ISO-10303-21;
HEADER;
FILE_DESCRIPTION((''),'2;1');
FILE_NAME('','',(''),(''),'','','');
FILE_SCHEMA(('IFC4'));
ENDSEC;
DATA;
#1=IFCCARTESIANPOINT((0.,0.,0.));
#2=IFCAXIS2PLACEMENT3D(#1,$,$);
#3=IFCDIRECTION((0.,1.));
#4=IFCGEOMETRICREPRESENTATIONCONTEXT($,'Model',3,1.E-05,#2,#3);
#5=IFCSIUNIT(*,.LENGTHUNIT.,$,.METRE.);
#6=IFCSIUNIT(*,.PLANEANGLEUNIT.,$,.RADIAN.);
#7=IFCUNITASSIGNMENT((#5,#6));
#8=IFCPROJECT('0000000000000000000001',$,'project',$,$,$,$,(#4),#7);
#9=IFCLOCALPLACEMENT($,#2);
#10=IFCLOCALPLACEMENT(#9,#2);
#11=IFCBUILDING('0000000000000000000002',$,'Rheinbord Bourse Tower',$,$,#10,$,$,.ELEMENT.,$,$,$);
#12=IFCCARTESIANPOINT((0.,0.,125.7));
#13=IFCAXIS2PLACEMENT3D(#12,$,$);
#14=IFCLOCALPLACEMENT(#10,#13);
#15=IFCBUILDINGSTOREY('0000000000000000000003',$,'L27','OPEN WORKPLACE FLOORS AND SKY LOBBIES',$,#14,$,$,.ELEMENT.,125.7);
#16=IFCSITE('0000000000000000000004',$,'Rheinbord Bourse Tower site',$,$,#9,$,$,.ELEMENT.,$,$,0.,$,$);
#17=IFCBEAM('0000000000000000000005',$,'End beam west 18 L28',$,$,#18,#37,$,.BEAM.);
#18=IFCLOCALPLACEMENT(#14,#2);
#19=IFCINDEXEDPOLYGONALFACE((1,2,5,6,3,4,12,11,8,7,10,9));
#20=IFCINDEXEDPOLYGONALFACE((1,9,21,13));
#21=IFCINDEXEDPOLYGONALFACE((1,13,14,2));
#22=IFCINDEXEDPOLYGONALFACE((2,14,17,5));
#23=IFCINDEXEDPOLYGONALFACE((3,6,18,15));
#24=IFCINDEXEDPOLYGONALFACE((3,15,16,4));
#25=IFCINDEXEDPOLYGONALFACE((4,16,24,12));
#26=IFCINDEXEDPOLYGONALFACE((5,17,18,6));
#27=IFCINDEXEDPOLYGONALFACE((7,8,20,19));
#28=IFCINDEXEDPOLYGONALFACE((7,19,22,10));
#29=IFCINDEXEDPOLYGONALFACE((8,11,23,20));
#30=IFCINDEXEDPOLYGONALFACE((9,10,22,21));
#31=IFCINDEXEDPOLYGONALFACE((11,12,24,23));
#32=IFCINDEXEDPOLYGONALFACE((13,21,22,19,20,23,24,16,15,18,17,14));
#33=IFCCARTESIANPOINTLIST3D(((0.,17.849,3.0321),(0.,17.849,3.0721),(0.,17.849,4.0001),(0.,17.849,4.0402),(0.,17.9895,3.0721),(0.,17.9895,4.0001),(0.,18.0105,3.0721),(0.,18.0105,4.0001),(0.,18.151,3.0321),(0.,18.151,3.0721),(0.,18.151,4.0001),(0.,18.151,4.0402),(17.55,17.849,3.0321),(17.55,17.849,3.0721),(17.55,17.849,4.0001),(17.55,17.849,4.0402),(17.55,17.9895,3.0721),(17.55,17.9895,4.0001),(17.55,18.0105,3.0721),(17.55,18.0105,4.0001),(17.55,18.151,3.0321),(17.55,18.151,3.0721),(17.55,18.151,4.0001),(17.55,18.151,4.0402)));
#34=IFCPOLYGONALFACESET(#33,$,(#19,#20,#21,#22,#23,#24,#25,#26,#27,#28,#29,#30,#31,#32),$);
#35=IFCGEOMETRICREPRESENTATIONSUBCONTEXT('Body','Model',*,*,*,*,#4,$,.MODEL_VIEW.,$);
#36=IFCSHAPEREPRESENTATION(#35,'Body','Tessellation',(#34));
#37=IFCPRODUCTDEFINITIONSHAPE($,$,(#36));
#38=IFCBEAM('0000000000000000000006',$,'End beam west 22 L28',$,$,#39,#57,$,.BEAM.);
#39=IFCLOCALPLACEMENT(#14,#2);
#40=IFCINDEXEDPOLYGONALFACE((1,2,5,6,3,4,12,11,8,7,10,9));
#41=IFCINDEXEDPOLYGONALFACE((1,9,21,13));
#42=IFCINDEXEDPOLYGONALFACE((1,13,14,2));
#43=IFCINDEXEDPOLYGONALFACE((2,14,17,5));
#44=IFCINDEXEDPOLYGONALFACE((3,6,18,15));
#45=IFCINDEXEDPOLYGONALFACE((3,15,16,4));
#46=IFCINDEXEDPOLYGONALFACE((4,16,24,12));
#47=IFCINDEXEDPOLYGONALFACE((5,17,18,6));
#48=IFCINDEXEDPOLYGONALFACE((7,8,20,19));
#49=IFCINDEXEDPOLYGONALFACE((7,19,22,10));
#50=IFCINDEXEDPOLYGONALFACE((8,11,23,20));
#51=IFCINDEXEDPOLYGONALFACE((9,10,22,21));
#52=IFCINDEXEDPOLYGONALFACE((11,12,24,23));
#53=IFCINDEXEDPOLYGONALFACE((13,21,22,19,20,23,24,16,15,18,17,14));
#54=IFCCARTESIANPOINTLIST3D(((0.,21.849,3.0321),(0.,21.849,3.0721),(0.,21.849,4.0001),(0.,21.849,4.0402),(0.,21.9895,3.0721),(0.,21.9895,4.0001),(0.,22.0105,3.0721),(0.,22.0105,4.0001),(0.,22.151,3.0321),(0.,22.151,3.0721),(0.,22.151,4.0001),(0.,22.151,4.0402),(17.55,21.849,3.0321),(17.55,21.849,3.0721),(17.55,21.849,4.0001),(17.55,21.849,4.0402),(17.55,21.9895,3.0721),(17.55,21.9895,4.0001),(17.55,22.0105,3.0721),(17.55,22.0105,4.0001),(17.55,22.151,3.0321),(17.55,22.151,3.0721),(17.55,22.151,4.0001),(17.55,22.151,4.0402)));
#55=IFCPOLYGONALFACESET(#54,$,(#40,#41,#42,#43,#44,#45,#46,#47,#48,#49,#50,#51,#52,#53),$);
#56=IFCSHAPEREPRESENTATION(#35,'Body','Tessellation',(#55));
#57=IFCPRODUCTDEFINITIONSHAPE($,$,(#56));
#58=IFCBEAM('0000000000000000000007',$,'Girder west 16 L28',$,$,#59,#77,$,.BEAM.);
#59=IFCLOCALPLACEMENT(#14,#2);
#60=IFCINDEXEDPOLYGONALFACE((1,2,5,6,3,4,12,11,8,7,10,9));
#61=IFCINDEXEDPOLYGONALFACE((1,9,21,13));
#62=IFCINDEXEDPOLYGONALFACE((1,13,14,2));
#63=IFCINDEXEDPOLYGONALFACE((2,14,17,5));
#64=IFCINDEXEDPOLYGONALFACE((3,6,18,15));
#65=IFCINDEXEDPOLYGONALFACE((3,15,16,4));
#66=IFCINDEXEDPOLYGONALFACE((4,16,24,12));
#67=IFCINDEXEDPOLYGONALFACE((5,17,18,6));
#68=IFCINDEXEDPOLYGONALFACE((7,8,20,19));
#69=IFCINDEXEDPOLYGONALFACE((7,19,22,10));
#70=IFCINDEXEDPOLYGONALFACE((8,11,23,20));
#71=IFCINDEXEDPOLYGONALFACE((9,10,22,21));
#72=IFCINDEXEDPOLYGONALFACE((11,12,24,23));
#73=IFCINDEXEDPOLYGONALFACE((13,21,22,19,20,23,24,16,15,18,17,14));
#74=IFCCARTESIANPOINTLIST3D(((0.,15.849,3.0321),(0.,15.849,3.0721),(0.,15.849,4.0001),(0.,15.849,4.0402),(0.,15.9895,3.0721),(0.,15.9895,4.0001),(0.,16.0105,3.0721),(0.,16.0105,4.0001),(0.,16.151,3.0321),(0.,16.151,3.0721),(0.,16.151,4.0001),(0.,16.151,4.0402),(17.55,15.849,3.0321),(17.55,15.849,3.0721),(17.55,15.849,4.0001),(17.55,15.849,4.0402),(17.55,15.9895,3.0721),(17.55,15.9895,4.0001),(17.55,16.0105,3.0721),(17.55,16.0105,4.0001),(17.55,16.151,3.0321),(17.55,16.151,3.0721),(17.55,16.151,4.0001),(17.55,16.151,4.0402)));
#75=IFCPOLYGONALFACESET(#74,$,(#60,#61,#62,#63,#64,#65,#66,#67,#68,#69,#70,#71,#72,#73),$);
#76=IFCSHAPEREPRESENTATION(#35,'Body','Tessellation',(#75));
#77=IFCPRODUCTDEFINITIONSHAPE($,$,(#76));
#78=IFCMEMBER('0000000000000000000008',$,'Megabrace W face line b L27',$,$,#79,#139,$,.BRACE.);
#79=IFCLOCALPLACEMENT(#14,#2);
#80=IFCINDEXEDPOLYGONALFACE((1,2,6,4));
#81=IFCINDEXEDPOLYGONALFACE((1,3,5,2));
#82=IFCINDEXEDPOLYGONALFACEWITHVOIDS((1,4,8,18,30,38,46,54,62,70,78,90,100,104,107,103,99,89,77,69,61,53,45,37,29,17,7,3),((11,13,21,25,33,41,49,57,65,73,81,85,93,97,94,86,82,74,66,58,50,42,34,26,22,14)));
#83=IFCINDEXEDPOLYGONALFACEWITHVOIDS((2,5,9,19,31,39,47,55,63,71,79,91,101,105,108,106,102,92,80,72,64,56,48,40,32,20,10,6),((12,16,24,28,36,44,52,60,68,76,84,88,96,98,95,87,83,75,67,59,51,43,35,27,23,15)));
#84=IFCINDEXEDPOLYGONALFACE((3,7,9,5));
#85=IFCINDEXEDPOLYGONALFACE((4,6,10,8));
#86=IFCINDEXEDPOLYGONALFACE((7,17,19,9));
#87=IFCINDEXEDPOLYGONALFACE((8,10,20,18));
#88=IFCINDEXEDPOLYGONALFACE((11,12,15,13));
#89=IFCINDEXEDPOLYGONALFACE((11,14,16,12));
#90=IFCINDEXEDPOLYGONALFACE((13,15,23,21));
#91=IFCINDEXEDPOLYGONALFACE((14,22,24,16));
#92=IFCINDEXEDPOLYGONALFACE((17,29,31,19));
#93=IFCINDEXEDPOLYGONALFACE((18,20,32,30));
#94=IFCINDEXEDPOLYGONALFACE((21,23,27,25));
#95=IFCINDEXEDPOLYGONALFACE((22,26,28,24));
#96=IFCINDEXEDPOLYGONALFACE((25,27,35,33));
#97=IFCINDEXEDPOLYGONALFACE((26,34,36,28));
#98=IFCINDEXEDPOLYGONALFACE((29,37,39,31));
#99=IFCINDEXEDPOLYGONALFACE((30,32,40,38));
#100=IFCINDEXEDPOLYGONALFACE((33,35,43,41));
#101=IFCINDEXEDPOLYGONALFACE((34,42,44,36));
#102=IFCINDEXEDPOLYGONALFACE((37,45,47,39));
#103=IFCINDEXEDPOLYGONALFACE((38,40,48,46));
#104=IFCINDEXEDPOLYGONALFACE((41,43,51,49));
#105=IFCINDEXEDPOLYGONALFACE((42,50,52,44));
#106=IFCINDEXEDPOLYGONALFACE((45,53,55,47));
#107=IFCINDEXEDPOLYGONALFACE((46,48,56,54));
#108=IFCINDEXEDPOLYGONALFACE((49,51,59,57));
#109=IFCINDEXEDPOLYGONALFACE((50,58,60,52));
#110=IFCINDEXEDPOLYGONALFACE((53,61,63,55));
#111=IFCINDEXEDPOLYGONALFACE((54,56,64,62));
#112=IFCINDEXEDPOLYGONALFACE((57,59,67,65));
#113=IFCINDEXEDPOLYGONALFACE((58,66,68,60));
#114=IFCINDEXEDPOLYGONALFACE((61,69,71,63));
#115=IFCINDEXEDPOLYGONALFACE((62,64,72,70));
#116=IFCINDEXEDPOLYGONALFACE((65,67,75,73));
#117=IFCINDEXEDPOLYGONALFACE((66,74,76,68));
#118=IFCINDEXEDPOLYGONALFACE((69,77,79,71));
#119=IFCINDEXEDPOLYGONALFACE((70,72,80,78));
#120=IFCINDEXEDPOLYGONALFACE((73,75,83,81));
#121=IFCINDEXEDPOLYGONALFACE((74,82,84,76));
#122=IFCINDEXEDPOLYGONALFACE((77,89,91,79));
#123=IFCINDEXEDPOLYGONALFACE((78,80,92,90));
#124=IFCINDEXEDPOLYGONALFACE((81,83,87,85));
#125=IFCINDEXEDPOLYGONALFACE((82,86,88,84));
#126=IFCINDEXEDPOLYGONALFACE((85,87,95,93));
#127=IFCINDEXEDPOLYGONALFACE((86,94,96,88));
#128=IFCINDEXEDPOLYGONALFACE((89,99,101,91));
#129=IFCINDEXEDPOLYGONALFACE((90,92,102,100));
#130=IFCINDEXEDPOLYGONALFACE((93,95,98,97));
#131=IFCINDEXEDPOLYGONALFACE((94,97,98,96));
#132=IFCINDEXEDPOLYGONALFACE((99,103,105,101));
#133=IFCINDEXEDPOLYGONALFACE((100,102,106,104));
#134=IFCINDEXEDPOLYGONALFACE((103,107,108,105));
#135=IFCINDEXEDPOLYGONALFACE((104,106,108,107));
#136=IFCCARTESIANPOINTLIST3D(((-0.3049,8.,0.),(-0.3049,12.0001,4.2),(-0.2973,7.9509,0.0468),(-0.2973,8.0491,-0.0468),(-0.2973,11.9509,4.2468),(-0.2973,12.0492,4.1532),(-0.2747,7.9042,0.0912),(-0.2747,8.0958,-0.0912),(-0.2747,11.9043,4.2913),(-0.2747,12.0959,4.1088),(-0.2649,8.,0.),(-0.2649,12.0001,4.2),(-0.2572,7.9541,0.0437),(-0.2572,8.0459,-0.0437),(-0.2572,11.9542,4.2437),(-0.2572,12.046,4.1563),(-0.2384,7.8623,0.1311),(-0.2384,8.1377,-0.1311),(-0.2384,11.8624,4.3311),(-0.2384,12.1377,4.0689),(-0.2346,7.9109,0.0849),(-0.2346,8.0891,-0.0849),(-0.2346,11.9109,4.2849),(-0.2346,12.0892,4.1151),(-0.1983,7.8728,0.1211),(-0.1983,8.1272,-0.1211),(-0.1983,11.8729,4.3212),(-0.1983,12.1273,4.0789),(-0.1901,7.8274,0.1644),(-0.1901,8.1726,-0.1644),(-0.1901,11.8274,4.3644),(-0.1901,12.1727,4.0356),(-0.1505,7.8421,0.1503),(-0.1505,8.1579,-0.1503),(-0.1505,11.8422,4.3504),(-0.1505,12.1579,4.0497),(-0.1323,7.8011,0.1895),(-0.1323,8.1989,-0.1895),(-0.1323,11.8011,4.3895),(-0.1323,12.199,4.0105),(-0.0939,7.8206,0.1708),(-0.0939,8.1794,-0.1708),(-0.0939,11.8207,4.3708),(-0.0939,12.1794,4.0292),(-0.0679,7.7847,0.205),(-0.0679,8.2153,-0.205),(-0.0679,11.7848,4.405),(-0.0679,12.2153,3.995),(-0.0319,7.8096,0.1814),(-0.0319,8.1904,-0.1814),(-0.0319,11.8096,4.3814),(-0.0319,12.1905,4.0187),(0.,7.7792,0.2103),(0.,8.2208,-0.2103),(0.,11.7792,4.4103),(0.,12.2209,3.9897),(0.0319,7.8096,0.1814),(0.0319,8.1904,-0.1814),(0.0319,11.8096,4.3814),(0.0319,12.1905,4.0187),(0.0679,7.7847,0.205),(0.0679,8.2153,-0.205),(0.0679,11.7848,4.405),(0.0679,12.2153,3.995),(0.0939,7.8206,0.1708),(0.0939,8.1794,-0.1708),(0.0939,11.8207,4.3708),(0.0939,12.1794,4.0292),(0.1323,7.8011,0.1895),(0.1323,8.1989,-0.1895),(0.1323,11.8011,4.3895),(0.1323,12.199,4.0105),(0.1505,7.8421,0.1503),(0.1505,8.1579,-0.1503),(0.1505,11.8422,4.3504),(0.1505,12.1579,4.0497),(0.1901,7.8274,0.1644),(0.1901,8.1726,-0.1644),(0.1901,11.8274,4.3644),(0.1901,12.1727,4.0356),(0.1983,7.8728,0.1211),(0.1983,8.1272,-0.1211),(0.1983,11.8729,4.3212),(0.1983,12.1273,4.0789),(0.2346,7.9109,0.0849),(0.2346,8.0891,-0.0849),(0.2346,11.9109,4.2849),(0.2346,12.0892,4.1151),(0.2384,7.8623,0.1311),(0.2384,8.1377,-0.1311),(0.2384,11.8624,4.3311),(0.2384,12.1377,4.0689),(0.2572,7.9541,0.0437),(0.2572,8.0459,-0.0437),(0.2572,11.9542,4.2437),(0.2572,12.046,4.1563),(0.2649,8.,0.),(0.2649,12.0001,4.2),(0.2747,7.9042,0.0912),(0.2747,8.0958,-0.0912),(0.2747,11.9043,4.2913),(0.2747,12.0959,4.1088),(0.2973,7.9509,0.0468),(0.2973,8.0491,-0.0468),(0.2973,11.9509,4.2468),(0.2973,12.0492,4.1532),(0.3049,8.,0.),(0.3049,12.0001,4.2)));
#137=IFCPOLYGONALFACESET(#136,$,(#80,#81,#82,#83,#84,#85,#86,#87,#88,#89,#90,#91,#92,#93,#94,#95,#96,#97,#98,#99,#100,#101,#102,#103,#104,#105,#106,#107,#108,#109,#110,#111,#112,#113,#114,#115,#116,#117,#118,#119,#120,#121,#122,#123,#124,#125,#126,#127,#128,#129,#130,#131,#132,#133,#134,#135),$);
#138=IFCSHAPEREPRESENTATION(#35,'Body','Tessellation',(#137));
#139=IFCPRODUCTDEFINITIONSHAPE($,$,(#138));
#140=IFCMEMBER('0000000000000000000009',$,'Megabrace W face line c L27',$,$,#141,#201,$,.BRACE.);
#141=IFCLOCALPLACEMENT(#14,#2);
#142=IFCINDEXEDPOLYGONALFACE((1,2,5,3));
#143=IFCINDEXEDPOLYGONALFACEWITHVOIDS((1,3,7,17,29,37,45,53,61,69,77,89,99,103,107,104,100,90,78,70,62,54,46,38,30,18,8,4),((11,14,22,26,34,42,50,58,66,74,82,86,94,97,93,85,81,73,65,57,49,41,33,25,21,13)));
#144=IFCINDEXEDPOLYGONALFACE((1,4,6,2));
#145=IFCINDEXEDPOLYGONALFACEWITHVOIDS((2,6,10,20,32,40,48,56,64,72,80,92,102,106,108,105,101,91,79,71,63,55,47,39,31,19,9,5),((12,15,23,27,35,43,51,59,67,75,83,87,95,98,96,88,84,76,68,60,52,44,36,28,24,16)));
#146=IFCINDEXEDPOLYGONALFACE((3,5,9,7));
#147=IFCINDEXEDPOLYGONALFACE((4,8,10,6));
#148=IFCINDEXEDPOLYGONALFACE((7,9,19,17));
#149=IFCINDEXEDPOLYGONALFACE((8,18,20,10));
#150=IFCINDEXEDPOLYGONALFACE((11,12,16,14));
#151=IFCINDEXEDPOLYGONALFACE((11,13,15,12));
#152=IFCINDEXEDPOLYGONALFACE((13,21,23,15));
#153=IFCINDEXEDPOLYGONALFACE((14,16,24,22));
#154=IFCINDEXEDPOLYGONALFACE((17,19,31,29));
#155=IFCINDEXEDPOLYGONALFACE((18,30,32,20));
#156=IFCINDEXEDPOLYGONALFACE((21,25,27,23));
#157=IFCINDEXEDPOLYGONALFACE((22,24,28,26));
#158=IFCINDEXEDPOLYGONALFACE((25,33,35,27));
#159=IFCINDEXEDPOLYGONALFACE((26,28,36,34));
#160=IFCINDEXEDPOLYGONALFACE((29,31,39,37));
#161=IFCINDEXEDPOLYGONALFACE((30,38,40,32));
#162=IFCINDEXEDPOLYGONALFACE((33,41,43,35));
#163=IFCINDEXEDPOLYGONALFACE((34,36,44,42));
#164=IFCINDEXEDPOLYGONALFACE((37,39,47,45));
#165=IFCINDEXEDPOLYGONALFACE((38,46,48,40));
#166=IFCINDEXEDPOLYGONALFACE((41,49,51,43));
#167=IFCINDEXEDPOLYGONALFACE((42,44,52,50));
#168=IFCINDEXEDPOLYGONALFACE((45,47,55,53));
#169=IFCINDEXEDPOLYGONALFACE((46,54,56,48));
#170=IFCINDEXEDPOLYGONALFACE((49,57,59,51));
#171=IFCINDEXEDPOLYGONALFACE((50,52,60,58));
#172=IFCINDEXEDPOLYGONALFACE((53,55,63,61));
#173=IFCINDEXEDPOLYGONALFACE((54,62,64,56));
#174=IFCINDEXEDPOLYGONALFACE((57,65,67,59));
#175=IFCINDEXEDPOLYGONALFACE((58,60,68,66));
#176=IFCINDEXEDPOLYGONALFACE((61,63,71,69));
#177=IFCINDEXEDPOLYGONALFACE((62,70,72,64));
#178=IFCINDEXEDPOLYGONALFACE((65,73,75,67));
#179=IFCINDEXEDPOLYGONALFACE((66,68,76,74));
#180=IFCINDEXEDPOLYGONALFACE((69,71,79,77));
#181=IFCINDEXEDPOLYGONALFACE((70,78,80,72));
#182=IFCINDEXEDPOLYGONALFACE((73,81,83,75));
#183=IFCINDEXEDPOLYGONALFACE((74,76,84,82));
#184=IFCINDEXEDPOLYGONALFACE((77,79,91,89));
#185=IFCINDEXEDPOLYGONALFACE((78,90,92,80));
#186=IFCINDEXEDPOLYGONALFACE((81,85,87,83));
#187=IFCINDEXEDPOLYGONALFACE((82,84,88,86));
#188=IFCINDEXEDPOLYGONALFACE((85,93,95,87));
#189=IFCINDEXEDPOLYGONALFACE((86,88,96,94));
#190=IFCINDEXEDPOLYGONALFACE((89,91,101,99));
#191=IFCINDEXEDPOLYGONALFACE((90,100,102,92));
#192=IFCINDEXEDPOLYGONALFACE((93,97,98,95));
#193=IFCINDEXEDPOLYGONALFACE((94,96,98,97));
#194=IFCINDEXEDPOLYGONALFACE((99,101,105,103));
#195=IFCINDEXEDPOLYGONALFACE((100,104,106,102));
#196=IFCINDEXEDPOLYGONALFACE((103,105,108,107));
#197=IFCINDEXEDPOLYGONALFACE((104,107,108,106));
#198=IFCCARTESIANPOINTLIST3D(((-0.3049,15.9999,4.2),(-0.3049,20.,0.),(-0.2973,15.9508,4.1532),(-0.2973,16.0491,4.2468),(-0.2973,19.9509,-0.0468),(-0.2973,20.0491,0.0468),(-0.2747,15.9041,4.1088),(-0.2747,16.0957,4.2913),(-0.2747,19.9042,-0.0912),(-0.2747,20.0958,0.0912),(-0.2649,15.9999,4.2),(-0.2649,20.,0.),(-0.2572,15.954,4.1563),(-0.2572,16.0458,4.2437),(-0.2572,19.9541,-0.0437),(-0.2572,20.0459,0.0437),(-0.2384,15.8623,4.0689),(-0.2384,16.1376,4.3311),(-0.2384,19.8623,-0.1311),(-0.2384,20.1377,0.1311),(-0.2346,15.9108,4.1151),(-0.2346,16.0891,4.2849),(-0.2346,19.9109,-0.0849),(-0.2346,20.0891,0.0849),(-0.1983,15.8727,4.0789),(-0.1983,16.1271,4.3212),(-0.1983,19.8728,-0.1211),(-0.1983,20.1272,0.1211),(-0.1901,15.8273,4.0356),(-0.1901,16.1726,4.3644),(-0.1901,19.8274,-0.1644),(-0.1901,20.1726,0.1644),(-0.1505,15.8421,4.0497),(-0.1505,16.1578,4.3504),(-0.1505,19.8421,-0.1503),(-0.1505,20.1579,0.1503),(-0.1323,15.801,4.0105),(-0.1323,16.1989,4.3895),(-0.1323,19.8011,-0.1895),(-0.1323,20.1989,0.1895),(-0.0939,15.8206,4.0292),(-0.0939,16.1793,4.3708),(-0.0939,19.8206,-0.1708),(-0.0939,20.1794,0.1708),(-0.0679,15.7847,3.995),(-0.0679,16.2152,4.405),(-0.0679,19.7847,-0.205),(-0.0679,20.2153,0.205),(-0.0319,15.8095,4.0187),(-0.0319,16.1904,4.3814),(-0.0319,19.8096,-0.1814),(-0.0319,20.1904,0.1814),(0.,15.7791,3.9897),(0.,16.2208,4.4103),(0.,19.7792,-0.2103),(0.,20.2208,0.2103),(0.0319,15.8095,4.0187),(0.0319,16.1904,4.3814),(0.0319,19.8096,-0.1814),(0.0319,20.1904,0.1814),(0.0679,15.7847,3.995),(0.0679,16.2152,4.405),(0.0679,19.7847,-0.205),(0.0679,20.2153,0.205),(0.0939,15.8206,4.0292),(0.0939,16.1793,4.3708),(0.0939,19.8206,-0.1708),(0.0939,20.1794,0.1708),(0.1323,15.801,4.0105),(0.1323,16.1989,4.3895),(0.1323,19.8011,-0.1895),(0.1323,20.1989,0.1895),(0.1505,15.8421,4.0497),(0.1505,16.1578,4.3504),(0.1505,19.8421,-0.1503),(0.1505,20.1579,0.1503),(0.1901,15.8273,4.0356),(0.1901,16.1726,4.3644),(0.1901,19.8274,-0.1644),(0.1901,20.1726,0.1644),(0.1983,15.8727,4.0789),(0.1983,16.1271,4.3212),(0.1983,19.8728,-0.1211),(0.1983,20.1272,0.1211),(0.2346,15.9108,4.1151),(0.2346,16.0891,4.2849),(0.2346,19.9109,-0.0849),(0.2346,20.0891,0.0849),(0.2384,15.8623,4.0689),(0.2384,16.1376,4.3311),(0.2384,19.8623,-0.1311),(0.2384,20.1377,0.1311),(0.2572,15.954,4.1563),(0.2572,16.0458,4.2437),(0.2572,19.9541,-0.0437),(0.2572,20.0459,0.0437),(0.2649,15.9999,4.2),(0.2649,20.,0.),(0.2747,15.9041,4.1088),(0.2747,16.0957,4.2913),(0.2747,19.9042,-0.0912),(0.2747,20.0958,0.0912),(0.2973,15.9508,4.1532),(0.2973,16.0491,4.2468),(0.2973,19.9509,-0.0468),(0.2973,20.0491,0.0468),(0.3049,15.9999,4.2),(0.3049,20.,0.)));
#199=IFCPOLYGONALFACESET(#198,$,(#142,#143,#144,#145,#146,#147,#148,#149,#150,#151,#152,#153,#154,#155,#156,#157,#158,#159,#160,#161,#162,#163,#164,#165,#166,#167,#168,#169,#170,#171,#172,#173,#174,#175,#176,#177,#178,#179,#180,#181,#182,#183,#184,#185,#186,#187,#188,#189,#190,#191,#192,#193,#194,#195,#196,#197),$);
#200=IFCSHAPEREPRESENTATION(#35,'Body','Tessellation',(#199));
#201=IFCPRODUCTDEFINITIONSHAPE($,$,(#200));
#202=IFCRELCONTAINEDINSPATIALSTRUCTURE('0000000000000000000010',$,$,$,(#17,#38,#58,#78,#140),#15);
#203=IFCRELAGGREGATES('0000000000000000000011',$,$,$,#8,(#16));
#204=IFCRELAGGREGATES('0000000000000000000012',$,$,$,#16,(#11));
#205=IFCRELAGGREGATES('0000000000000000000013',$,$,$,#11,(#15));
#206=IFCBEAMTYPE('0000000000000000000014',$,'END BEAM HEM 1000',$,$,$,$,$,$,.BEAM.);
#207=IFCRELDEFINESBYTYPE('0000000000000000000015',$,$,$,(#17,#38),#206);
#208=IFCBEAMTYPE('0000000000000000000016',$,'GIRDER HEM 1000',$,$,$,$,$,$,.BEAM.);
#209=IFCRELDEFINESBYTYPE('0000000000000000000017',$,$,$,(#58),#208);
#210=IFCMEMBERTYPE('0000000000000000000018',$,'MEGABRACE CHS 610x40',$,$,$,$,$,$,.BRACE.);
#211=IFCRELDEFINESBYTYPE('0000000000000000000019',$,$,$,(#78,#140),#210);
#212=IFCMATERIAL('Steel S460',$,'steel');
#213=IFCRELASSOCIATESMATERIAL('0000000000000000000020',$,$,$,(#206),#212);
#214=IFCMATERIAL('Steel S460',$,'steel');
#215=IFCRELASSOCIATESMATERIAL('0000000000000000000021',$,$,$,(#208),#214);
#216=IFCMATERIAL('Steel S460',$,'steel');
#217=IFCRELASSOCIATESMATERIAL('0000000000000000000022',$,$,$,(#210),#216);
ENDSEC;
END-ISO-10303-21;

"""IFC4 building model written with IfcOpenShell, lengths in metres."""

from ifc_helpers import new_model, si_unit, direction, frame, origin, origin_2d, place, context, subcontext, project, spatial, hollow_circle, i_section, extrude, material, material_profile, profile_set, type_object, element, save


model = new_model("IFC4")

# Units and contexts
model_context = context("Model", 3, precision=1e-05, world=origin(), true_north=direction((0.0, 1.0)))
body_context = subcontext(model_context, "Body", "Model", "MODEL_VIEW")
ifc_project = project(units=[si_unit("LENGTHUNIT", "METRE"), si_unit("PLANEANGLEUNIT", "RADIAN")], contexts=[model_context])

# Site, building, storey
site_placement = place(None, origin())
site = spatial("IfcSite", under=ifc_project, at=site_placement, Name="Rheinbord Bourse Tower site", CompositionType="ELEMENT", RefElevation=0.0)
building_placement = place(site_placement, origin())
building = spatial("IfcBuilding", under=site, at=building_placement, Name="Rheinbord Bourse Tower", CompositionType="ELEMENT")
storey_placement = place(building_placement, frame((0.0, 0.0, 125.7)))
storey = spatial("IfcBuildingStorey", under=building, at=storey_placement, Name="L27", Description="OPEN WORKPLACE FLOORS AND SKY LOBBIES", CompositionType="ELEMENT", Elevation=125.7)

# Beams
ifc_material_1 = material(Name="Steel S460", Category="steel")
ifc_material_profile_1 = material_profile(ifc_material_1, i_section(OverallWidth=0.302, OverallDepth=1.0081, WebThickness=0.021, FlangeThickness=0.04, at=origin_2d()), Name="HEM 1000")
ifc_profile_set_1 = profile_set([ifc_material_profile_1], Name="Steel S460")
beam_type_1 = type_object("IfcBeamType", Name="END BEAM HEM 1000", PredefinedType="BEAM", material=ifc_profile_set_1)
for number, where, z_axis, x_axis, name in (
    (1, (0.0, 18.0, 3.5361), (1.0, 0.0, 0.0), (0.0, 1.0, 0.0), "End beam west 18 L28"),
    (2, (0.0, 22.0, 3.5361), (1.0, 0.0, 0.0), (0.0, 1.0, 0.0), "End beam west 22 L28"),
):
    element("IfcBeam", number, at=place(storey_placement, frame(where, z_axis=z_axis, x_axis=x_axis)), inside=storey, type_object=beam_type_1, Name=name, PredefinedType="BEAM", context=body_context, shape_type="SweptSolid", body=[
        extrude(i_section(OverallWidth=0.302, OverallDepth=1.0081, WebThickness=0.021, FlangeThickness=0.04, at=origin_2d()), origin(), (0.0, 0.0, 1.0), 17.55),
    ])
ifc_material_2 = material(Name="Steel S460", Category="steel")
ifc_material_profile_2 = material_profile(ifc_material_2, i_section(OverallWidth=0.302, OverallDepth=1.0081, WebThickness=0.021, FlangeThickness=0.04, at=origin_2d()), Name="HEM 1000")
ifc_profile_set_2 = profile_set([ifc_material_profile_2], Name="Steel S460")
beam_type_2 = type_object("IfcBeamType", Name="GIRDER HEM 1000", PredefinedType="BEAM", material=ifc_profile_set_2)
beam_placement = place(storey_placement, frame((0.0, 16.0, 3.5361), z_axis=(1.0, 0.0, 0.0), x_axis=(0.0, 1.0, 0.0)))
element("IfcBeam", 3, at=beam_placement, inside=storey, type_object=beam_type_2, Name="Girder west 16 L28", PredefinedType="BEAM", context=body_context, shape_type="SweptSolid", body=[
    extrude(i_section(OverallWidth=0.302, OverallDepth=1.0081, WebThickness=0.021, FlangeThickness=0.04, at=origin_2d()), origin(), (0.0, 0.0, 1.0), 17.55),
])

# Members
ifc_material_3 = material(Name="Steel S460", Category="steel")
ifc_material_profile_3 = material_profile(ifc_material_3, hollow_circle(Radius=0.3049, WallThickness=0.04, at=origin_2d()), Name="CHS 610x40")
ifc_profile_set_3 = profile_set([ifc_material_profile_3], Name="Steel S460")
member_type_1 = type_object("IfcMemberType", Name="MEGABRACE CHS 610x40", PredefinedType="BRACE", material=ifc_profile_set_3)
for number, where, z_axis, x_axis, name in (
    (4, (0.0, 8.0, 0.0), (0.0, 0.689659, 0.724134), (-1.0, 0.0, 0.0), "Megabrace W face line b L27"),
    (5, (0.0, 20.0, 0.0), (0.0, -0.689659, 0.724134), (1.0, 0.0, 0.0), "Megabrace W face line c L27"),
):
    element("IfcMember", number, at=place(storey_placement, frame(where, z_axis=z_axis, x_axis=x_axis)), inside=storey, type_object=member_type_1, Name=name, PredefinedType="BRACE", context=body_context, shape_type="SweptSolid", body=[
        extrude(hollow_circle(Radius=0.3049, WallThickness=0.04, at=origin_2d()), origin(), (0.0, 0.0, 1.0), 5.8),
    ])

save(model, "model.ifc")
